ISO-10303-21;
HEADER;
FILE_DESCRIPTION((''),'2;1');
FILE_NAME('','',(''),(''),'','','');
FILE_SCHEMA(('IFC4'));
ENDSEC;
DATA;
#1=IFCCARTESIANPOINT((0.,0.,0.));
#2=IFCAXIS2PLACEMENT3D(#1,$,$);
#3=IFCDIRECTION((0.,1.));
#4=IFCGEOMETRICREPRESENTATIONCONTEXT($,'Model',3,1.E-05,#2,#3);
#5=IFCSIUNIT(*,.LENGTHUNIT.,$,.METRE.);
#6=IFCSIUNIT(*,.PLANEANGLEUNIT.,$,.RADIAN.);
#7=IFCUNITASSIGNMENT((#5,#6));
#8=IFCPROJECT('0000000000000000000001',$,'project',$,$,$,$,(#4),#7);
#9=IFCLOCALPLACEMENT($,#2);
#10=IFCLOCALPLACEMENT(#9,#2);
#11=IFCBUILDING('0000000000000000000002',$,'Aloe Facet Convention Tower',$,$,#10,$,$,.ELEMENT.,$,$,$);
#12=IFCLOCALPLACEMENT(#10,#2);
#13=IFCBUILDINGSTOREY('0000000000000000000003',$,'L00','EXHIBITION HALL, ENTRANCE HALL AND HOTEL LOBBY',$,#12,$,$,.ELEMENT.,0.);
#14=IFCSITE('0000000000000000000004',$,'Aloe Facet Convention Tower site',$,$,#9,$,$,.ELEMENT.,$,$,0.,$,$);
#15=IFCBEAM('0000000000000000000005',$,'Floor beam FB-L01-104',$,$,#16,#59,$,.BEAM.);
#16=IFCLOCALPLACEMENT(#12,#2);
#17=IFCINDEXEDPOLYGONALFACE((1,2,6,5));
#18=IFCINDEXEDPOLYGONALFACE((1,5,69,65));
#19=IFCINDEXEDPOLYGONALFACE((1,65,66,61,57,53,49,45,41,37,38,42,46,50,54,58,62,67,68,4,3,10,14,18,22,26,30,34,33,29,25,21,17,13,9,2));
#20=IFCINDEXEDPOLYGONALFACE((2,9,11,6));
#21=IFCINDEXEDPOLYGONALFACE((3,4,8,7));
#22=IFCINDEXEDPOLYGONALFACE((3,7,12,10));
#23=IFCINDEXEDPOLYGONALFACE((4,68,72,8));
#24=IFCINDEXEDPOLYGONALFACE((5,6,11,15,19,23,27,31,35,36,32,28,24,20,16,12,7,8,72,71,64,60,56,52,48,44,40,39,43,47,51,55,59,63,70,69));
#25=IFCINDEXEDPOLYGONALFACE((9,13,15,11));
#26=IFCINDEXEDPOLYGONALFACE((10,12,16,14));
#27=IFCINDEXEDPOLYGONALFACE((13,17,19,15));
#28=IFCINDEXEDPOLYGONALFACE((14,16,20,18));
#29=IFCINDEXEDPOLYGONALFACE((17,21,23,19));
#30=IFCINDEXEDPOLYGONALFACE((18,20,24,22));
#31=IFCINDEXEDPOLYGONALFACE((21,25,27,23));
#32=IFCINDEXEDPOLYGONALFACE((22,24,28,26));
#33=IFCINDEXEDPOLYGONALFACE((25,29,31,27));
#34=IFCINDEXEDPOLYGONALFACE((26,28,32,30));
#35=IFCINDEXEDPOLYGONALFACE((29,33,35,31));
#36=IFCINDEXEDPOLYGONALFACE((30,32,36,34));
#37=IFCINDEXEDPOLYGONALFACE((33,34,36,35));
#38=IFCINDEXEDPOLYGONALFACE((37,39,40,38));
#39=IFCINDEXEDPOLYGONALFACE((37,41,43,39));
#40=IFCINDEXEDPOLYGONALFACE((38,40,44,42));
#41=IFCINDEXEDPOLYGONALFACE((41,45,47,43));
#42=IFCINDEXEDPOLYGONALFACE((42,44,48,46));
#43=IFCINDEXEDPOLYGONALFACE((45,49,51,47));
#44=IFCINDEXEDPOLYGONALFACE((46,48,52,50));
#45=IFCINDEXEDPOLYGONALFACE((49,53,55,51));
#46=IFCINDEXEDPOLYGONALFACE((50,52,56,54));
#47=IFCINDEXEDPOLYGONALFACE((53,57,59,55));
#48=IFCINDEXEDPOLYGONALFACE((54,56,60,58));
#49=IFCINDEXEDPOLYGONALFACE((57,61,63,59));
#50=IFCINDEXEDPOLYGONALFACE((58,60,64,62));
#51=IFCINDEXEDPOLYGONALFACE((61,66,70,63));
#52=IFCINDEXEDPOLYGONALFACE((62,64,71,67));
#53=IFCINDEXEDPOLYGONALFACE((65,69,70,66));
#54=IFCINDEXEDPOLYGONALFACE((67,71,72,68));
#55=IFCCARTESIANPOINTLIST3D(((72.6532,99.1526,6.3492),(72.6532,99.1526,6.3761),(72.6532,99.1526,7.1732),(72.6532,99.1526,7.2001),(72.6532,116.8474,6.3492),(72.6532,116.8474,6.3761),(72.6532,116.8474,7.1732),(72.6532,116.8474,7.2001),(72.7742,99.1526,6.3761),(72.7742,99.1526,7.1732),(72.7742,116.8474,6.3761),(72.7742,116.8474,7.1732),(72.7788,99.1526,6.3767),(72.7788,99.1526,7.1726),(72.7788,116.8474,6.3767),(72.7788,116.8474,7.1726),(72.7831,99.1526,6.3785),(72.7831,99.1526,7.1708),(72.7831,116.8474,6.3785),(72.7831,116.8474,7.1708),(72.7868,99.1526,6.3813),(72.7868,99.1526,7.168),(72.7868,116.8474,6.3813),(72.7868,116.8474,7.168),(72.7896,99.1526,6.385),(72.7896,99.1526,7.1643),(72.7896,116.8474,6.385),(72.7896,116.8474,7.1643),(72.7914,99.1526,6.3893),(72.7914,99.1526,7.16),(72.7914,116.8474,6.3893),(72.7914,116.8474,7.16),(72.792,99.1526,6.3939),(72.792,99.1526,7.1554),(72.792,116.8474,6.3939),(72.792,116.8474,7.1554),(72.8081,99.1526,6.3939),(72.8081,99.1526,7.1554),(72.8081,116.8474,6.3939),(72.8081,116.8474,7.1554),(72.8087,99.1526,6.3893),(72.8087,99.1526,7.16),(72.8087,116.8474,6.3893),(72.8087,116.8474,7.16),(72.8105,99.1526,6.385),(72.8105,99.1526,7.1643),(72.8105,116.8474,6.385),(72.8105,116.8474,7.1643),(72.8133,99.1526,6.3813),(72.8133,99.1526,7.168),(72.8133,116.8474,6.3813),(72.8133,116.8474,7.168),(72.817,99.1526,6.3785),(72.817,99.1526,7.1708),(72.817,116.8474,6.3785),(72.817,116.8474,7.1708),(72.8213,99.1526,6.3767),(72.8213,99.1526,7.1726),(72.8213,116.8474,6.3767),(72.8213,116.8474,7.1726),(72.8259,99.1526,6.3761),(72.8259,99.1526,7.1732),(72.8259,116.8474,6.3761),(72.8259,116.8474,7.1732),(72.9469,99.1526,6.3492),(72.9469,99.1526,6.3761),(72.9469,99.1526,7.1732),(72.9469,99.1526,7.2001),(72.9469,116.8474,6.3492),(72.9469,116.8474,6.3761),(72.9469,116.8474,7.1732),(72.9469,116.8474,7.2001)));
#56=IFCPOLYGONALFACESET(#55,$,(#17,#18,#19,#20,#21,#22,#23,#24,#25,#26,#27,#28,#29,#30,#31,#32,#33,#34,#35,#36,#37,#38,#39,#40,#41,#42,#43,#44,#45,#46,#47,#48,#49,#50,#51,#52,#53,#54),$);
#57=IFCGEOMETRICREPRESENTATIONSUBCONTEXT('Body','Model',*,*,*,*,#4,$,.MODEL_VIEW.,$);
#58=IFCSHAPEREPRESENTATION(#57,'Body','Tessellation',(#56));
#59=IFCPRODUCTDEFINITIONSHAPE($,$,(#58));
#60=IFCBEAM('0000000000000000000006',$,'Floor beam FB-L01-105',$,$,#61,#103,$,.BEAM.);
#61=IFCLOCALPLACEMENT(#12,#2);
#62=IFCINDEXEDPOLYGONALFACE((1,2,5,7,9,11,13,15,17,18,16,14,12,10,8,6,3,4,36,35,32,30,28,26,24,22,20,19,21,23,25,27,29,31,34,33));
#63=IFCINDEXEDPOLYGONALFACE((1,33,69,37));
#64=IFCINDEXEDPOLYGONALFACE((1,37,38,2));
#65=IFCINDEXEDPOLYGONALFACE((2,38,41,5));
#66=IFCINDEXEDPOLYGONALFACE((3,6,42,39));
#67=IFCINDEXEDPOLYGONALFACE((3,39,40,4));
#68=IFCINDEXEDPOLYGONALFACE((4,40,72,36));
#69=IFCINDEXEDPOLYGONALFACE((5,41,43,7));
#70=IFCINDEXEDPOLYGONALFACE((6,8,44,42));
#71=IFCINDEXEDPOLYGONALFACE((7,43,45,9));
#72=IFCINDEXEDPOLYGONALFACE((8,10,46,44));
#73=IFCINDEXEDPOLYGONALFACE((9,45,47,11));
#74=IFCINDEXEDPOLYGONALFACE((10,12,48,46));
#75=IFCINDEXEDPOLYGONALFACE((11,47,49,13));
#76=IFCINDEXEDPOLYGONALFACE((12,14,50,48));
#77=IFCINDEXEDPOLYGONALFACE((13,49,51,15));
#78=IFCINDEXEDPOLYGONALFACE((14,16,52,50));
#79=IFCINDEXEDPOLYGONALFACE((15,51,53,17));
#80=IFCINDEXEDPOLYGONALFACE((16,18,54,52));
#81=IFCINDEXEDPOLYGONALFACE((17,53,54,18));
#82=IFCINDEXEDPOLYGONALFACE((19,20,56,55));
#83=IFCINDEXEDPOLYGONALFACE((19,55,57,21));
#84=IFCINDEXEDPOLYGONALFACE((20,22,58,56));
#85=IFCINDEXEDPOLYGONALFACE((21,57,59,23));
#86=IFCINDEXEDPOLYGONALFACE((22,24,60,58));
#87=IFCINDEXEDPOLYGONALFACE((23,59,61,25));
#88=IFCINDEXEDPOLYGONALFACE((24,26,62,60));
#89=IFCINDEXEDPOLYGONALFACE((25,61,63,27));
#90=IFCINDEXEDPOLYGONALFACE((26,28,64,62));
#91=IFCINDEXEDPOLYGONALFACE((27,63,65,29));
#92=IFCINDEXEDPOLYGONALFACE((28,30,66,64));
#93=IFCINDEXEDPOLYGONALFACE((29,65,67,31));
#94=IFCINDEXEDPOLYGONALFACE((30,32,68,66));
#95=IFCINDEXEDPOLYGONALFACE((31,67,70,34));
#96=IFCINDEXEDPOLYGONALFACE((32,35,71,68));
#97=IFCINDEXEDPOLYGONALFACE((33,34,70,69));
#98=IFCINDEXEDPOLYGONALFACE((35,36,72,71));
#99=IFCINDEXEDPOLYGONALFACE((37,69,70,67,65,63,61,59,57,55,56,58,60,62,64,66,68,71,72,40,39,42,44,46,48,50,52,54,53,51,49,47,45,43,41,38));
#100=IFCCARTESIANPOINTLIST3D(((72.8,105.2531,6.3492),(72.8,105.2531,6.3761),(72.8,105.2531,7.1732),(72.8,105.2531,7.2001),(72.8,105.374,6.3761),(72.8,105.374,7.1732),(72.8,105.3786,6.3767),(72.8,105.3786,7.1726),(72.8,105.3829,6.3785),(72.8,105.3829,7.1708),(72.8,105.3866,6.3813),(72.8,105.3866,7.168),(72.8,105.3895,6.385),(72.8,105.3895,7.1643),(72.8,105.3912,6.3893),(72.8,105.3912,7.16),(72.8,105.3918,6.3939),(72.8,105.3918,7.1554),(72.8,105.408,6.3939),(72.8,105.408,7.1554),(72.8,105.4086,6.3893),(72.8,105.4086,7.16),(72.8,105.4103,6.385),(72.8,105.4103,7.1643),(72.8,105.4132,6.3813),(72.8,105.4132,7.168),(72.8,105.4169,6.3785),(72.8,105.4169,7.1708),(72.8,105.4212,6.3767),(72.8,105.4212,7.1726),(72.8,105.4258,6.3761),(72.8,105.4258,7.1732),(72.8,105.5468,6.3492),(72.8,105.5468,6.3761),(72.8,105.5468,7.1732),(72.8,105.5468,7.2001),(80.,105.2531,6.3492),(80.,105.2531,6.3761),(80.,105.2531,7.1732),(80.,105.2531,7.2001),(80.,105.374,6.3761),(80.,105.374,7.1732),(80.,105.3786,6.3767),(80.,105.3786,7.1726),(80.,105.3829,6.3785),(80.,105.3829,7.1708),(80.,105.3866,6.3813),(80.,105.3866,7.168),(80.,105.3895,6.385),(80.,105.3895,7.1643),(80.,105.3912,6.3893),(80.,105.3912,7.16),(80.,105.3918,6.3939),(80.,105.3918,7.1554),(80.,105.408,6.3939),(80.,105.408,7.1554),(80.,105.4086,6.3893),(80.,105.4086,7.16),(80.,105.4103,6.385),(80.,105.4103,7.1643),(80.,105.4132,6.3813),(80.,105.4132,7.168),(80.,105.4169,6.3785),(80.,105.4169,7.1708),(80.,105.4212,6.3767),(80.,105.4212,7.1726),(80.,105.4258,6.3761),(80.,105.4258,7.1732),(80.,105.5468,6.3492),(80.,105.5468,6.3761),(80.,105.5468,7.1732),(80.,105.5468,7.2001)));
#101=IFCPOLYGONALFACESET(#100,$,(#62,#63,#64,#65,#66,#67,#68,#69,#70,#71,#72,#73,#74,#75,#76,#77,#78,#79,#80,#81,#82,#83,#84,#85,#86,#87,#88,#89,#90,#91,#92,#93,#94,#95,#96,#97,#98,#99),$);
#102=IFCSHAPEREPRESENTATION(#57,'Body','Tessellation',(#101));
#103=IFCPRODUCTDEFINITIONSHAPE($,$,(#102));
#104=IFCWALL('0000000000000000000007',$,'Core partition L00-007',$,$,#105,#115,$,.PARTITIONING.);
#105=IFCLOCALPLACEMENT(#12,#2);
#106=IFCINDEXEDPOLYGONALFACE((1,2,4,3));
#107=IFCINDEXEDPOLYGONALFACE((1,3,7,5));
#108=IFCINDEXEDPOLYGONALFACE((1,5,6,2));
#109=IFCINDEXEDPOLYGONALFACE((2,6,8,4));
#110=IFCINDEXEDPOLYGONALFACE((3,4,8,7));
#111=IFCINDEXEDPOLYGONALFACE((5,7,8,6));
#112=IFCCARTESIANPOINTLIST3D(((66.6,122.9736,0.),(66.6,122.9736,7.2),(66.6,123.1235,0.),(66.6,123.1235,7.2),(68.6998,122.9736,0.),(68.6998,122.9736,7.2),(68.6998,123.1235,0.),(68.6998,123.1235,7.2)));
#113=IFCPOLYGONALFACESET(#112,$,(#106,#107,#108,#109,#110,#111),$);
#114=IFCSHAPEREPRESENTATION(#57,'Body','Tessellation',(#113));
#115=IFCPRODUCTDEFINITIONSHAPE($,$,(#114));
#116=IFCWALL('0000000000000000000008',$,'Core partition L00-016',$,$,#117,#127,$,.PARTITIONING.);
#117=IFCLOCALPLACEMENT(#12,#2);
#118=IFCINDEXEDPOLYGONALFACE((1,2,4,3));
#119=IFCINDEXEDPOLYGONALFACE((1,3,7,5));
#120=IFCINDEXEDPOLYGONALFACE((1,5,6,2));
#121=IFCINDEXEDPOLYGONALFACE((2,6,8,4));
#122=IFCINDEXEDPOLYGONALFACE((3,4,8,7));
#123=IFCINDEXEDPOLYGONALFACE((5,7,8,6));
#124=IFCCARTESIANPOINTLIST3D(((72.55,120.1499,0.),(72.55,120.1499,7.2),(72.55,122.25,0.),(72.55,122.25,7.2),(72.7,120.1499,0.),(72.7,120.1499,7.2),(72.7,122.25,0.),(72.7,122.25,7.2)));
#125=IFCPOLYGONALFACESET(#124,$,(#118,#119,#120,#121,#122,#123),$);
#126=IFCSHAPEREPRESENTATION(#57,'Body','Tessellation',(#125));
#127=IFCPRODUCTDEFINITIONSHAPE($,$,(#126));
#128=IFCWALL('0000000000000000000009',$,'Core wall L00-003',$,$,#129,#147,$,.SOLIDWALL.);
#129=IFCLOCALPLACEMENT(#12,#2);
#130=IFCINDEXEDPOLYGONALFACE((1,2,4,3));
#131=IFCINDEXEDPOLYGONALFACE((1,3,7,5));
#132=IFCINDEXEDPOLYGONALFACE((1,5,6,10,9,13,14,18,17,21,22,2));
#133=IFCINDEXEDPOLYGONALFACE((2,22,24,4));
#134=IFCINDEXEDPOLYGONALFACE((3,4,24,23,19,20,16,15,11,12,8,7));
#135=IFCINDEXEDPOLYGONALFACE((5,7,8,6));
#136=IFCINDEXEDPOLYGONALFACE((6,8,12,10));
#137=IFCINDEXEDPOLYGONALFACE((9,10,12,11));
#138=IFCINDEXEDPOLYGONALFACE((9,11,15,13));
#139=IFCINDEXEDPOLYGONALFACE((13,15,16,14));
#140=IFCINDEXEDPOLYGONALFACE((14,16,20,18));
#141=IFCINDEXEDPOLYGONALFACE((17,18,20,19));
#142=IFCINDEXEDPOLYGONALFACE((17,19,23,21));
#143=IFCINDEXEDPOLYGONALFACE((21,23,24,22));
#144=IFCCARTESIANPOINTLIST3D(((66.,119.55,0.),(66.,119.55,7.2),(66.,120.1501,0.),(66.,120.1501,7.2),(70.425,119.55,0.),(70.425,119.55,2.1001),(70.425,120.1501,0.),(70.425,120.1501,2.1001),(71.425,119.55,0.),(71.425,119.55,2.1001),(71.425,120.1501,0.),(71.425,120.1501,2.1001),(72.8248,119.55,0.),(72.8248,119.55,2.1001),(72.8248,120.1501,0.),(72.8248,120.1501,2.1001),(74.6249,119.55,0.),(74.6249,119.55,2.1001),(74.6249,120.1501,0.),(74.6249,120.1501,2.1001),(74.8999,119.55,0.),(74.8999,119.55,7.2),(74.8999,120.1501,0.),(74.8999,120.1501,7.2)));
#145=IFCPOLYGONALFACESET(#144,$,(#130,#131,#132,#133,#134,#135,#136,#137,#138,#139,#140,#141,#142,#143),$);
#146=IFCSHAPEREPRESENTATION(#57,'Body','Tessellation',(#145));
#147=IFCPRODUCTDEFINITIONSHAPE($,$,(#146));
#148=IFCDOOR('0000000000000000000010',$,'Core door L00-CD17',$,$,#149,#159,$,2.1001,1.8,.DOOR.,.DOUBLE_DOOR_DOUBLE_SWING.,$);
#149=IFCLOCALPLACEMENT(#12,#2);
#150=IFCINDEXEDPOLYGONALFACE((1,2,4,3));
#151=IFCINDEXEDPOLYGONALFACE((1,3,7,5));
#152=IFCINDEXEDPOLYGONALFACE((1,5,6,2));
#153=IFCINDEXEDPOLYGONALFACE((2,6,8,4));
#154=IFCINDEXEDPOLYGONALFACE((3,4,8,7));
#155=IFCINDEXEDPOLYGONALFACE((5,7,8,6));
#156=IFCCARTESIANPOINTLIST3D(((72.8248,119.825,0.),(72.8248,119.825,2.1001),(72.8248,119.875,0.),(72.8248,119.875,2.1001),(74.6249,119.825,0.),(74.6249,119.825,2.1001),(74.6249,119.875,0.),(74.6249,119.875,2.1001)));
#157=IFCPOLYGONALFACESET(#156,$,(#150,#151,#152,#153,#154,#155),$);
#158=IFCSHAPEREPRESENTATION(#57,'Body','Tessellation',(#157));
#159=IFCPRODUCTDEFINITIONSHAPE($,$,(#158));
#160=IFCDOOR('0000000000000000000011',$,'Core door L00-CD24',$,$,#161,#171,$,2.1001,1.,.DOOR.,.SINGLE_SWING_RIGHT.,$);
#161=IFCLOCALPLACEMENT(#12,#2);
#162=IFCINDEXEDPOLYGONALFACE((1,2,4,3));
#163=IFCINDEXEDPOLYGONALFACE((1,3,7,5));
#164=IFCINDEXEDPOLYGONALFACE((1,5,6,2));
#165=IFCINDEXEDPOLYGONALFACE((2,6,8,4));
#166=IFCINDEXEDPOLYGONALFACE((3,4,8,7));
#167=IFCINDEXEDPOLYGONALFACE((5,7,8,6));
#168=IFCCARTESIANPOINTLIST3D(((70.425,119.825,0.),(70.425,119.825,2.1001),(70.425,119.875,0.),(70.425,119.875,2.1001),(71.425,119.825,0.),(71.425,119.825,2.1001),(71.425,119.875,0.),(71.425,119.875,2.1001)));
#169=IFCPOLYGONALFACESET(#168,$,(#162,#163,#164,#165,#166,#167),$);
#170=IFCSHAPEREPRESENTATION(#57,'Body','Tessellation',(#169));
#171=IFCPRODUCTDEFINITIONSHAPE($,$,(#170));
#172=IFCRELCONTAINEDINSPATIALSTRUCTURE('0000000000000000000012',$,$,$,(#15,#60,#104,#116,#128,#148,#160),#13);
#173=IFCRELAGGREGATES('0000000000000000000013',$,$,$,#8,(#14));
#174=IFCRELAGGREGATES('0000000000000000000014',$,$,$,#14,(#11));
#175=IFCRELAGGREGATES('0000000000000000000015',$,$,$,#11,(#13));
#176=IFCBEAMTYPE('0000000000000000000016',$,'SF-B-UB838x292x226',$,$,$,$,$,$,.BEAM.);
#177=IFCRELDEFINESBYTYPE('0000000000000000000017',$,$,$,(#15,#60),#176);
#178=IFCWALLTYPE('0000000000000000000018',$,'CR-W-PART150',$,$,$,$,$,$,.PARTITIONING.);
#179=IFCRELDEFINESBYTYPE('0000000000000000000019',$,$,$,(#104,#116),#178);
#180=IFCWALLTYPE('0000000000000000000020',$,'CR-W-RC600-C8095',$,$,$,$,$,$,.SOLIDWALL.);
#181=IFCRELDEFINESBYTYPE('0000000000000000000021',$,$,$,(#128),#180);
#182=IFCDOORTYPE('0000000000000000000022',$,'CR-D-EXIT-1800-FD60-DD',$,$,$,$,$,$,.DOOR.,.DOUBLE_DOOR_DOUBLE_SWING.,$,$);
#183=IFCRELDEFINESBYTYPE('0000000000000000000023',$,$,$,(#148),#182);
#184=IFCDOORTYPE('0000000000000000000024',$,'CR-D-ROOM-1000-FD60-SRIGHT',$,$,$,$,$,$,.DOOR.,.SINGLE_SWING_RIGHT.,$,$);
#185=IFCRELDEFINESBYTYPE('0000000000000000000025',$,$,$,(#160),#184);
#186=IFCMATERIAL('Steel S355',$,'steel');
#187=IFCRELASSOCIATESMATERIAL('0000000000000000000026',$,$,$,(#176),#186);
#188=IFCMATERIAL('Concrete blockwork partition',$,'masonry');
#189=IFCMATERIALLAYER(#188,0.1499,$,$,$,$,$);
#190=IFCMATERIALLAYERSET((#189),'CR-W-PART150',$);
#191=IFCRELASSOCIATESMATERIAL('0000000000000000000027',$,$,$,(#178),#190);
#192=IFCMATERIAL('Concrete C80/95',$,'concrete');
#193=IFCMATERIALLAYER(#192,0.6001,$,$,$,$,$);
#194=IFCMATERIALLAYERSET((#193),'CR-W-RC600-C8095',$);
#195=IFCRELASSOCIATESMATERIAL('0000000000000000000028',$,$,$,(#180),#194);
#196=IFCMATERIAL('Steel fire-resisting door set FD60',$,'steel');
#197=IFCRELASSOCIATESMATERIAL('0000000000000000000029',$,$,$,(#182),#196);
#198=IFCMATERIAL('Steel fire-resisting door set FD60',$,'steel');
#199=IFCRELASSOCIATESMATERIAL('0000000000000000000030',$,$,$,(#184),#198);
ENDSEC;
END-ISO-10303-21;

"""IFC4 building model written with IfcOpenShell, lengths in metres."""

from ifc_helpers import new_model, si_unit, direction, frame, frame_2d, origin, origin_2d, place, context, subcontext, project, spatial, rectangle, i_section, extrude, material, layer, layer_set, material_profile, profile_set, type_object, element, fill, save


model = new_model("IFC4")

# Units and contexts
model_context = context("Model", 3, precision=1e-05, world=origin(), true_north=direction((0.0, 1.0)))
body_context = subcontext(model_context, "Body", "Model", "MODEL_VIEW")
ifc_project = project(units=[si_unit("LENGTHUNIT", "METRE"), si_unit("PLANEANGLEUNIT", "RADIAN")], contexts=[model_context])

# Site, building, storey
site_placement = place(None, origin())
site = spatial("IfcSite", under=ifc_project, at=site_placement, Name="Aloe Facet Convention Tower site", CompositionType="ELEMENT", RefElevation=0.0)
building_placement = place(site_placement, origin())
building = spatial("IfcBuilding", under=site, at=building_placement, Name="Aloe Facet Convention Tower", CompositionType="ELEMENT")
storey_placement = place(building_placement, origin())
storey = spatial("IfcBuildingStorey", under=building, at=storey_placement, Name="L00", Description="EXHIBITION HALL, ENTRANCE HALL AND HOTEL LOBBY", CompositionType="ELEMENT", Elevation=0.0)

# Beams
ifc_material_1 = material(Name="Steel S355", Category="steel")
ifc_material_profile_1 = material_profile(ifc_material_1, i_section(OverallWidth=0.2937, OverallDepth=0.8508, WebThickness=0.0161, FlangeThickness=0.0269, FilletRadius=0.0178, at=origin_2d()), Name="UB 838x292x226")
ifc_profile_set_1 = profile_set([ifc_material_profile_1], Name="Steel S355")
beam_type_1 = type_object("IfcBeamType", Name="SF-B-UB838x292x226", PredefinedType="BEAM", material=ifc_profile_set_1)
beam_1_placement = place(storey_placement, frame((72.8, 99.1526, 6.7747), z_axis=(0.0, 1.0, 0.0), x_axis=(-1.0, 0.0, 0.0)))
element("IfcBeam", 1, at=beam_1_placement, inside=storey, type_object=beam_type_1, Name="Floor beam FB-L01-104", PredefinedType="BEAM", context=body_context, shape_type="SweptSolid", body=[
    extrude(i_section(OverallWidth=0.2937, OverallDepth=0.8508, WebThickness=0.0161, FlangeThickness=0.0269, FilletRadius=0.0178, at=origin_2d()), origin(), (0.0, 0.0, 1.0), 17.6948),
])
beam_2_placement = place(storey_placement, frame((72.8, 105.3999, 6.7747), z_axis=(1.0, 0.0, 0.0), x_axis=(0.0, 1.0, 0.0)))
element("IfcBeam", 2, at=beam_2_placement, inside=storey, type_object=beam_type_1, Name="Floor beam FB-L01-105", PredefinedType="BEAM", context=body_context, shape_type="SweptSolid", body=[
    extrude(i_section(OverallWidth=0.2937, OverallDepth=0.8508, WebThickness=0.0161, FlangeThickness=0.0269, FilletRadius=0.0178, at=origin_2d()), origin(), (0.0, 0.0, 1.0), 7.2),
])

# Walls
ifc_material_2 = material(Name="Concrete blockwork partition", Category="masonry")
ifc_layer_1 = layer(ifc_material_2, 0.1499)
ifc_layer_set_1 = layer_set([ifc_layer_1], Name="CR-W-PART150")
wall_type_1 = type_object("IfcWallType", Name="CR-W-PART150", PredefinedType="PARTITIONING", material=ifc_layer_set_1)
wall_1_placement = place(storey_placement, frame((66.6001, 123.0486, 0.0), z_axis=(0.0, 0.0, 1.0), x_axis=(1.0, 0.0, 0.0)))
element("IfcWall", 3, at=wall_1_placement, inside=storey, type_object=wall_type_1, Name="Core partition L00-007", PredefinedType="PARTITIONING", context=body_context, shape_type="SweptSolid", body=[
    extrude(rectangle(XDim=2.0999, YDim=0.1499, at=frame_2d((1.0498, 0.0))), origin(), (0.0, 0.0, 1.0), 7.2),
])
wall_2_placement = place(storey_placement, frame((72.625, 122.25, 0.0), z_axis=(0.0, 0.0, 1.0), x_axis=(0.0, -1.0, 0.0)))
element("IfcWall", 4, at=wall_2_placement, inside=storey, type_object=wall_type_1, Name="Core partition L00-016", PredefinedType="PARTITIONING", context=body_context, shape_type="SweptSolid", body=[
    extrude(rectangle(XDim=2.1001, YDim=0.1499, at=frame_2d((1.05, 0.0))), origin(), (0.0, 0.0, 1.0), 7.2),
])

# Wall, openings, doors
ifc_material_3 = material(Name="Concrete C80/95", Category="concrete")
ifc_layer_2 = layer(ifc_material_3, 0.6001)
ifc_layer_set_2 = layer_set([ifc_layer_2], Name="CR-W-RC600-C8095")
wall_type_2 = type_object("IfcWallType", Name="CR-W-RC600-C8095", PredefinedType="SOLIDWALL", material=ifc_layer_set_2)
wall_3_placement = place(storey_placement, frame((66.0, 119.8501, 0.0), z_axis=(0.0, 0.0, 1.0), x_axis=(1.0, 0.0, 0.0)))
wall_3 = element("IfcWall", 5, at=wall_3_placement, inside=storey, type_object=wall_type_2, Name="Core wall L00-003", PredefinedType="SOLIDWALL", context=body_context, shape_type="SweptSolid", body=[
    extrude(rectangle(XDim=8.8999, YDim=0.6001, at=frame_2d((4.45, 0.0))), origin(), (0.0, 0.0, 1.0), 7.2),
])
opening_1_placement = place(wall_3_placement, frame((6.825, 0.0, 0.0)))
opening_1 = element("IfcOpeningElement", 6, at=opening_1_placement, cuts=wall_3, PredefinedType="OPENING", context=body_context, shape_type="SweptSolid", body=[
    extrude(rectangle(XDim=1.8, YDim=2.1001, at=frame_2d((0.8999, 1.05))), frame((0.0, 0.3101, 0.0), z_axis=(0.0, -1.0, 0.0), x_axis=(1.0, 0.0, 0.0)), (0.0, 0.0, 1.0), 0.6201),
])
opening_2_placement = place(wall_3_placement, frame((4.425, 0.0, 0.0)))
opening_2 = element("IfcOpeningElement", 7, at=opening_2_placement, cuts=wall_3, PredefinedType="OPENING", context=body_context, shape_type="SweptSolid", body=[
    extrude(rectangle(XDim=1.0, YDim=2.1001, at=frame_2d((0.5, 1.05))), frame((0.0, 0.3101, 0.0), z_axis=(0.0, -1.0, 0.0), x_axis=(1.0, 0.0, 0.0)), (0.0, 0.0, 1.0), 0.6201),
])
ifc_material_4 = material(Name="Steel fire-resisting door set FD60", Category="steel")
door_type_1 = type_object("IfcDoorType", Name="CR-D-EXIT-1800-FD60-DD", OperationType="DOUBLE_DOOR_DOUBLE_SWING", PredefinedType="DOOR", material=ifc_material_4)
door_1_placement = place(opening_1_placement, origin())
door_1 = element("IfcDoor", 8, at=door_1_placement, inside=storey, type_object=door_type_1, Name="Core door L00-CD17", OperationType="DOUBLE_DOOR_DOUBLE_SWING", OverallHeight=2.1001, OverallWidth=1.8, PredefinedType="DOOR", context=body_context, shape_type="SweptSolid", body=[
    extrude(rectangle(XDim=1.8, YDim=2.1001, at=frame_2d((0.8999, 1.05))), frame((0.0, 0.0249, 0.0), z_axis=(0.0, -1.0, 0.0), x_axis=(1.0, 0.0, 0.0)), (0.0, 0.0, 1.0), 0.05),
])
fill(opening_1, door_1)
ifc_material_5 = material(Name="Steel fire-resisting door set FD60", Category="steel")
door_type_2 = type_object("IfcDoorType", Name="CR-D-ROOM-1000-FD60-SRIGHT", OperationType="SINGLE_SWING_RIGHT", PredefinedType="DOOR", material=ifc_material_5)
door_2_placement = place(opening_2_placement, origin())
door_2 = element("IfcDoor", 9, at=door_2_placement, inside=storey, type_object=door_type_2, Name="Core door L00-CD24", OperationType="SINGLE_SWING_RIGHT", OverallHeight=2.1001, OverallWidth=1.0, PredefinedType="DOOR", context=body_context, shape_type="SweptSolid", body=[
    extrude(rectangle(XDim=1.0, YDim=2.1001, at=frame_2d((0.5, 1.05))), frame((0.0, 0.0249, 0.0), z_axis=(0.0, -1.0, 0.0), x_axis=(1.0, 0.0, 0.0)), (0.0, 0.0, 1.0), 0.05),
])
fill(opening_2, door_2)

save(model, "model.ifc")
